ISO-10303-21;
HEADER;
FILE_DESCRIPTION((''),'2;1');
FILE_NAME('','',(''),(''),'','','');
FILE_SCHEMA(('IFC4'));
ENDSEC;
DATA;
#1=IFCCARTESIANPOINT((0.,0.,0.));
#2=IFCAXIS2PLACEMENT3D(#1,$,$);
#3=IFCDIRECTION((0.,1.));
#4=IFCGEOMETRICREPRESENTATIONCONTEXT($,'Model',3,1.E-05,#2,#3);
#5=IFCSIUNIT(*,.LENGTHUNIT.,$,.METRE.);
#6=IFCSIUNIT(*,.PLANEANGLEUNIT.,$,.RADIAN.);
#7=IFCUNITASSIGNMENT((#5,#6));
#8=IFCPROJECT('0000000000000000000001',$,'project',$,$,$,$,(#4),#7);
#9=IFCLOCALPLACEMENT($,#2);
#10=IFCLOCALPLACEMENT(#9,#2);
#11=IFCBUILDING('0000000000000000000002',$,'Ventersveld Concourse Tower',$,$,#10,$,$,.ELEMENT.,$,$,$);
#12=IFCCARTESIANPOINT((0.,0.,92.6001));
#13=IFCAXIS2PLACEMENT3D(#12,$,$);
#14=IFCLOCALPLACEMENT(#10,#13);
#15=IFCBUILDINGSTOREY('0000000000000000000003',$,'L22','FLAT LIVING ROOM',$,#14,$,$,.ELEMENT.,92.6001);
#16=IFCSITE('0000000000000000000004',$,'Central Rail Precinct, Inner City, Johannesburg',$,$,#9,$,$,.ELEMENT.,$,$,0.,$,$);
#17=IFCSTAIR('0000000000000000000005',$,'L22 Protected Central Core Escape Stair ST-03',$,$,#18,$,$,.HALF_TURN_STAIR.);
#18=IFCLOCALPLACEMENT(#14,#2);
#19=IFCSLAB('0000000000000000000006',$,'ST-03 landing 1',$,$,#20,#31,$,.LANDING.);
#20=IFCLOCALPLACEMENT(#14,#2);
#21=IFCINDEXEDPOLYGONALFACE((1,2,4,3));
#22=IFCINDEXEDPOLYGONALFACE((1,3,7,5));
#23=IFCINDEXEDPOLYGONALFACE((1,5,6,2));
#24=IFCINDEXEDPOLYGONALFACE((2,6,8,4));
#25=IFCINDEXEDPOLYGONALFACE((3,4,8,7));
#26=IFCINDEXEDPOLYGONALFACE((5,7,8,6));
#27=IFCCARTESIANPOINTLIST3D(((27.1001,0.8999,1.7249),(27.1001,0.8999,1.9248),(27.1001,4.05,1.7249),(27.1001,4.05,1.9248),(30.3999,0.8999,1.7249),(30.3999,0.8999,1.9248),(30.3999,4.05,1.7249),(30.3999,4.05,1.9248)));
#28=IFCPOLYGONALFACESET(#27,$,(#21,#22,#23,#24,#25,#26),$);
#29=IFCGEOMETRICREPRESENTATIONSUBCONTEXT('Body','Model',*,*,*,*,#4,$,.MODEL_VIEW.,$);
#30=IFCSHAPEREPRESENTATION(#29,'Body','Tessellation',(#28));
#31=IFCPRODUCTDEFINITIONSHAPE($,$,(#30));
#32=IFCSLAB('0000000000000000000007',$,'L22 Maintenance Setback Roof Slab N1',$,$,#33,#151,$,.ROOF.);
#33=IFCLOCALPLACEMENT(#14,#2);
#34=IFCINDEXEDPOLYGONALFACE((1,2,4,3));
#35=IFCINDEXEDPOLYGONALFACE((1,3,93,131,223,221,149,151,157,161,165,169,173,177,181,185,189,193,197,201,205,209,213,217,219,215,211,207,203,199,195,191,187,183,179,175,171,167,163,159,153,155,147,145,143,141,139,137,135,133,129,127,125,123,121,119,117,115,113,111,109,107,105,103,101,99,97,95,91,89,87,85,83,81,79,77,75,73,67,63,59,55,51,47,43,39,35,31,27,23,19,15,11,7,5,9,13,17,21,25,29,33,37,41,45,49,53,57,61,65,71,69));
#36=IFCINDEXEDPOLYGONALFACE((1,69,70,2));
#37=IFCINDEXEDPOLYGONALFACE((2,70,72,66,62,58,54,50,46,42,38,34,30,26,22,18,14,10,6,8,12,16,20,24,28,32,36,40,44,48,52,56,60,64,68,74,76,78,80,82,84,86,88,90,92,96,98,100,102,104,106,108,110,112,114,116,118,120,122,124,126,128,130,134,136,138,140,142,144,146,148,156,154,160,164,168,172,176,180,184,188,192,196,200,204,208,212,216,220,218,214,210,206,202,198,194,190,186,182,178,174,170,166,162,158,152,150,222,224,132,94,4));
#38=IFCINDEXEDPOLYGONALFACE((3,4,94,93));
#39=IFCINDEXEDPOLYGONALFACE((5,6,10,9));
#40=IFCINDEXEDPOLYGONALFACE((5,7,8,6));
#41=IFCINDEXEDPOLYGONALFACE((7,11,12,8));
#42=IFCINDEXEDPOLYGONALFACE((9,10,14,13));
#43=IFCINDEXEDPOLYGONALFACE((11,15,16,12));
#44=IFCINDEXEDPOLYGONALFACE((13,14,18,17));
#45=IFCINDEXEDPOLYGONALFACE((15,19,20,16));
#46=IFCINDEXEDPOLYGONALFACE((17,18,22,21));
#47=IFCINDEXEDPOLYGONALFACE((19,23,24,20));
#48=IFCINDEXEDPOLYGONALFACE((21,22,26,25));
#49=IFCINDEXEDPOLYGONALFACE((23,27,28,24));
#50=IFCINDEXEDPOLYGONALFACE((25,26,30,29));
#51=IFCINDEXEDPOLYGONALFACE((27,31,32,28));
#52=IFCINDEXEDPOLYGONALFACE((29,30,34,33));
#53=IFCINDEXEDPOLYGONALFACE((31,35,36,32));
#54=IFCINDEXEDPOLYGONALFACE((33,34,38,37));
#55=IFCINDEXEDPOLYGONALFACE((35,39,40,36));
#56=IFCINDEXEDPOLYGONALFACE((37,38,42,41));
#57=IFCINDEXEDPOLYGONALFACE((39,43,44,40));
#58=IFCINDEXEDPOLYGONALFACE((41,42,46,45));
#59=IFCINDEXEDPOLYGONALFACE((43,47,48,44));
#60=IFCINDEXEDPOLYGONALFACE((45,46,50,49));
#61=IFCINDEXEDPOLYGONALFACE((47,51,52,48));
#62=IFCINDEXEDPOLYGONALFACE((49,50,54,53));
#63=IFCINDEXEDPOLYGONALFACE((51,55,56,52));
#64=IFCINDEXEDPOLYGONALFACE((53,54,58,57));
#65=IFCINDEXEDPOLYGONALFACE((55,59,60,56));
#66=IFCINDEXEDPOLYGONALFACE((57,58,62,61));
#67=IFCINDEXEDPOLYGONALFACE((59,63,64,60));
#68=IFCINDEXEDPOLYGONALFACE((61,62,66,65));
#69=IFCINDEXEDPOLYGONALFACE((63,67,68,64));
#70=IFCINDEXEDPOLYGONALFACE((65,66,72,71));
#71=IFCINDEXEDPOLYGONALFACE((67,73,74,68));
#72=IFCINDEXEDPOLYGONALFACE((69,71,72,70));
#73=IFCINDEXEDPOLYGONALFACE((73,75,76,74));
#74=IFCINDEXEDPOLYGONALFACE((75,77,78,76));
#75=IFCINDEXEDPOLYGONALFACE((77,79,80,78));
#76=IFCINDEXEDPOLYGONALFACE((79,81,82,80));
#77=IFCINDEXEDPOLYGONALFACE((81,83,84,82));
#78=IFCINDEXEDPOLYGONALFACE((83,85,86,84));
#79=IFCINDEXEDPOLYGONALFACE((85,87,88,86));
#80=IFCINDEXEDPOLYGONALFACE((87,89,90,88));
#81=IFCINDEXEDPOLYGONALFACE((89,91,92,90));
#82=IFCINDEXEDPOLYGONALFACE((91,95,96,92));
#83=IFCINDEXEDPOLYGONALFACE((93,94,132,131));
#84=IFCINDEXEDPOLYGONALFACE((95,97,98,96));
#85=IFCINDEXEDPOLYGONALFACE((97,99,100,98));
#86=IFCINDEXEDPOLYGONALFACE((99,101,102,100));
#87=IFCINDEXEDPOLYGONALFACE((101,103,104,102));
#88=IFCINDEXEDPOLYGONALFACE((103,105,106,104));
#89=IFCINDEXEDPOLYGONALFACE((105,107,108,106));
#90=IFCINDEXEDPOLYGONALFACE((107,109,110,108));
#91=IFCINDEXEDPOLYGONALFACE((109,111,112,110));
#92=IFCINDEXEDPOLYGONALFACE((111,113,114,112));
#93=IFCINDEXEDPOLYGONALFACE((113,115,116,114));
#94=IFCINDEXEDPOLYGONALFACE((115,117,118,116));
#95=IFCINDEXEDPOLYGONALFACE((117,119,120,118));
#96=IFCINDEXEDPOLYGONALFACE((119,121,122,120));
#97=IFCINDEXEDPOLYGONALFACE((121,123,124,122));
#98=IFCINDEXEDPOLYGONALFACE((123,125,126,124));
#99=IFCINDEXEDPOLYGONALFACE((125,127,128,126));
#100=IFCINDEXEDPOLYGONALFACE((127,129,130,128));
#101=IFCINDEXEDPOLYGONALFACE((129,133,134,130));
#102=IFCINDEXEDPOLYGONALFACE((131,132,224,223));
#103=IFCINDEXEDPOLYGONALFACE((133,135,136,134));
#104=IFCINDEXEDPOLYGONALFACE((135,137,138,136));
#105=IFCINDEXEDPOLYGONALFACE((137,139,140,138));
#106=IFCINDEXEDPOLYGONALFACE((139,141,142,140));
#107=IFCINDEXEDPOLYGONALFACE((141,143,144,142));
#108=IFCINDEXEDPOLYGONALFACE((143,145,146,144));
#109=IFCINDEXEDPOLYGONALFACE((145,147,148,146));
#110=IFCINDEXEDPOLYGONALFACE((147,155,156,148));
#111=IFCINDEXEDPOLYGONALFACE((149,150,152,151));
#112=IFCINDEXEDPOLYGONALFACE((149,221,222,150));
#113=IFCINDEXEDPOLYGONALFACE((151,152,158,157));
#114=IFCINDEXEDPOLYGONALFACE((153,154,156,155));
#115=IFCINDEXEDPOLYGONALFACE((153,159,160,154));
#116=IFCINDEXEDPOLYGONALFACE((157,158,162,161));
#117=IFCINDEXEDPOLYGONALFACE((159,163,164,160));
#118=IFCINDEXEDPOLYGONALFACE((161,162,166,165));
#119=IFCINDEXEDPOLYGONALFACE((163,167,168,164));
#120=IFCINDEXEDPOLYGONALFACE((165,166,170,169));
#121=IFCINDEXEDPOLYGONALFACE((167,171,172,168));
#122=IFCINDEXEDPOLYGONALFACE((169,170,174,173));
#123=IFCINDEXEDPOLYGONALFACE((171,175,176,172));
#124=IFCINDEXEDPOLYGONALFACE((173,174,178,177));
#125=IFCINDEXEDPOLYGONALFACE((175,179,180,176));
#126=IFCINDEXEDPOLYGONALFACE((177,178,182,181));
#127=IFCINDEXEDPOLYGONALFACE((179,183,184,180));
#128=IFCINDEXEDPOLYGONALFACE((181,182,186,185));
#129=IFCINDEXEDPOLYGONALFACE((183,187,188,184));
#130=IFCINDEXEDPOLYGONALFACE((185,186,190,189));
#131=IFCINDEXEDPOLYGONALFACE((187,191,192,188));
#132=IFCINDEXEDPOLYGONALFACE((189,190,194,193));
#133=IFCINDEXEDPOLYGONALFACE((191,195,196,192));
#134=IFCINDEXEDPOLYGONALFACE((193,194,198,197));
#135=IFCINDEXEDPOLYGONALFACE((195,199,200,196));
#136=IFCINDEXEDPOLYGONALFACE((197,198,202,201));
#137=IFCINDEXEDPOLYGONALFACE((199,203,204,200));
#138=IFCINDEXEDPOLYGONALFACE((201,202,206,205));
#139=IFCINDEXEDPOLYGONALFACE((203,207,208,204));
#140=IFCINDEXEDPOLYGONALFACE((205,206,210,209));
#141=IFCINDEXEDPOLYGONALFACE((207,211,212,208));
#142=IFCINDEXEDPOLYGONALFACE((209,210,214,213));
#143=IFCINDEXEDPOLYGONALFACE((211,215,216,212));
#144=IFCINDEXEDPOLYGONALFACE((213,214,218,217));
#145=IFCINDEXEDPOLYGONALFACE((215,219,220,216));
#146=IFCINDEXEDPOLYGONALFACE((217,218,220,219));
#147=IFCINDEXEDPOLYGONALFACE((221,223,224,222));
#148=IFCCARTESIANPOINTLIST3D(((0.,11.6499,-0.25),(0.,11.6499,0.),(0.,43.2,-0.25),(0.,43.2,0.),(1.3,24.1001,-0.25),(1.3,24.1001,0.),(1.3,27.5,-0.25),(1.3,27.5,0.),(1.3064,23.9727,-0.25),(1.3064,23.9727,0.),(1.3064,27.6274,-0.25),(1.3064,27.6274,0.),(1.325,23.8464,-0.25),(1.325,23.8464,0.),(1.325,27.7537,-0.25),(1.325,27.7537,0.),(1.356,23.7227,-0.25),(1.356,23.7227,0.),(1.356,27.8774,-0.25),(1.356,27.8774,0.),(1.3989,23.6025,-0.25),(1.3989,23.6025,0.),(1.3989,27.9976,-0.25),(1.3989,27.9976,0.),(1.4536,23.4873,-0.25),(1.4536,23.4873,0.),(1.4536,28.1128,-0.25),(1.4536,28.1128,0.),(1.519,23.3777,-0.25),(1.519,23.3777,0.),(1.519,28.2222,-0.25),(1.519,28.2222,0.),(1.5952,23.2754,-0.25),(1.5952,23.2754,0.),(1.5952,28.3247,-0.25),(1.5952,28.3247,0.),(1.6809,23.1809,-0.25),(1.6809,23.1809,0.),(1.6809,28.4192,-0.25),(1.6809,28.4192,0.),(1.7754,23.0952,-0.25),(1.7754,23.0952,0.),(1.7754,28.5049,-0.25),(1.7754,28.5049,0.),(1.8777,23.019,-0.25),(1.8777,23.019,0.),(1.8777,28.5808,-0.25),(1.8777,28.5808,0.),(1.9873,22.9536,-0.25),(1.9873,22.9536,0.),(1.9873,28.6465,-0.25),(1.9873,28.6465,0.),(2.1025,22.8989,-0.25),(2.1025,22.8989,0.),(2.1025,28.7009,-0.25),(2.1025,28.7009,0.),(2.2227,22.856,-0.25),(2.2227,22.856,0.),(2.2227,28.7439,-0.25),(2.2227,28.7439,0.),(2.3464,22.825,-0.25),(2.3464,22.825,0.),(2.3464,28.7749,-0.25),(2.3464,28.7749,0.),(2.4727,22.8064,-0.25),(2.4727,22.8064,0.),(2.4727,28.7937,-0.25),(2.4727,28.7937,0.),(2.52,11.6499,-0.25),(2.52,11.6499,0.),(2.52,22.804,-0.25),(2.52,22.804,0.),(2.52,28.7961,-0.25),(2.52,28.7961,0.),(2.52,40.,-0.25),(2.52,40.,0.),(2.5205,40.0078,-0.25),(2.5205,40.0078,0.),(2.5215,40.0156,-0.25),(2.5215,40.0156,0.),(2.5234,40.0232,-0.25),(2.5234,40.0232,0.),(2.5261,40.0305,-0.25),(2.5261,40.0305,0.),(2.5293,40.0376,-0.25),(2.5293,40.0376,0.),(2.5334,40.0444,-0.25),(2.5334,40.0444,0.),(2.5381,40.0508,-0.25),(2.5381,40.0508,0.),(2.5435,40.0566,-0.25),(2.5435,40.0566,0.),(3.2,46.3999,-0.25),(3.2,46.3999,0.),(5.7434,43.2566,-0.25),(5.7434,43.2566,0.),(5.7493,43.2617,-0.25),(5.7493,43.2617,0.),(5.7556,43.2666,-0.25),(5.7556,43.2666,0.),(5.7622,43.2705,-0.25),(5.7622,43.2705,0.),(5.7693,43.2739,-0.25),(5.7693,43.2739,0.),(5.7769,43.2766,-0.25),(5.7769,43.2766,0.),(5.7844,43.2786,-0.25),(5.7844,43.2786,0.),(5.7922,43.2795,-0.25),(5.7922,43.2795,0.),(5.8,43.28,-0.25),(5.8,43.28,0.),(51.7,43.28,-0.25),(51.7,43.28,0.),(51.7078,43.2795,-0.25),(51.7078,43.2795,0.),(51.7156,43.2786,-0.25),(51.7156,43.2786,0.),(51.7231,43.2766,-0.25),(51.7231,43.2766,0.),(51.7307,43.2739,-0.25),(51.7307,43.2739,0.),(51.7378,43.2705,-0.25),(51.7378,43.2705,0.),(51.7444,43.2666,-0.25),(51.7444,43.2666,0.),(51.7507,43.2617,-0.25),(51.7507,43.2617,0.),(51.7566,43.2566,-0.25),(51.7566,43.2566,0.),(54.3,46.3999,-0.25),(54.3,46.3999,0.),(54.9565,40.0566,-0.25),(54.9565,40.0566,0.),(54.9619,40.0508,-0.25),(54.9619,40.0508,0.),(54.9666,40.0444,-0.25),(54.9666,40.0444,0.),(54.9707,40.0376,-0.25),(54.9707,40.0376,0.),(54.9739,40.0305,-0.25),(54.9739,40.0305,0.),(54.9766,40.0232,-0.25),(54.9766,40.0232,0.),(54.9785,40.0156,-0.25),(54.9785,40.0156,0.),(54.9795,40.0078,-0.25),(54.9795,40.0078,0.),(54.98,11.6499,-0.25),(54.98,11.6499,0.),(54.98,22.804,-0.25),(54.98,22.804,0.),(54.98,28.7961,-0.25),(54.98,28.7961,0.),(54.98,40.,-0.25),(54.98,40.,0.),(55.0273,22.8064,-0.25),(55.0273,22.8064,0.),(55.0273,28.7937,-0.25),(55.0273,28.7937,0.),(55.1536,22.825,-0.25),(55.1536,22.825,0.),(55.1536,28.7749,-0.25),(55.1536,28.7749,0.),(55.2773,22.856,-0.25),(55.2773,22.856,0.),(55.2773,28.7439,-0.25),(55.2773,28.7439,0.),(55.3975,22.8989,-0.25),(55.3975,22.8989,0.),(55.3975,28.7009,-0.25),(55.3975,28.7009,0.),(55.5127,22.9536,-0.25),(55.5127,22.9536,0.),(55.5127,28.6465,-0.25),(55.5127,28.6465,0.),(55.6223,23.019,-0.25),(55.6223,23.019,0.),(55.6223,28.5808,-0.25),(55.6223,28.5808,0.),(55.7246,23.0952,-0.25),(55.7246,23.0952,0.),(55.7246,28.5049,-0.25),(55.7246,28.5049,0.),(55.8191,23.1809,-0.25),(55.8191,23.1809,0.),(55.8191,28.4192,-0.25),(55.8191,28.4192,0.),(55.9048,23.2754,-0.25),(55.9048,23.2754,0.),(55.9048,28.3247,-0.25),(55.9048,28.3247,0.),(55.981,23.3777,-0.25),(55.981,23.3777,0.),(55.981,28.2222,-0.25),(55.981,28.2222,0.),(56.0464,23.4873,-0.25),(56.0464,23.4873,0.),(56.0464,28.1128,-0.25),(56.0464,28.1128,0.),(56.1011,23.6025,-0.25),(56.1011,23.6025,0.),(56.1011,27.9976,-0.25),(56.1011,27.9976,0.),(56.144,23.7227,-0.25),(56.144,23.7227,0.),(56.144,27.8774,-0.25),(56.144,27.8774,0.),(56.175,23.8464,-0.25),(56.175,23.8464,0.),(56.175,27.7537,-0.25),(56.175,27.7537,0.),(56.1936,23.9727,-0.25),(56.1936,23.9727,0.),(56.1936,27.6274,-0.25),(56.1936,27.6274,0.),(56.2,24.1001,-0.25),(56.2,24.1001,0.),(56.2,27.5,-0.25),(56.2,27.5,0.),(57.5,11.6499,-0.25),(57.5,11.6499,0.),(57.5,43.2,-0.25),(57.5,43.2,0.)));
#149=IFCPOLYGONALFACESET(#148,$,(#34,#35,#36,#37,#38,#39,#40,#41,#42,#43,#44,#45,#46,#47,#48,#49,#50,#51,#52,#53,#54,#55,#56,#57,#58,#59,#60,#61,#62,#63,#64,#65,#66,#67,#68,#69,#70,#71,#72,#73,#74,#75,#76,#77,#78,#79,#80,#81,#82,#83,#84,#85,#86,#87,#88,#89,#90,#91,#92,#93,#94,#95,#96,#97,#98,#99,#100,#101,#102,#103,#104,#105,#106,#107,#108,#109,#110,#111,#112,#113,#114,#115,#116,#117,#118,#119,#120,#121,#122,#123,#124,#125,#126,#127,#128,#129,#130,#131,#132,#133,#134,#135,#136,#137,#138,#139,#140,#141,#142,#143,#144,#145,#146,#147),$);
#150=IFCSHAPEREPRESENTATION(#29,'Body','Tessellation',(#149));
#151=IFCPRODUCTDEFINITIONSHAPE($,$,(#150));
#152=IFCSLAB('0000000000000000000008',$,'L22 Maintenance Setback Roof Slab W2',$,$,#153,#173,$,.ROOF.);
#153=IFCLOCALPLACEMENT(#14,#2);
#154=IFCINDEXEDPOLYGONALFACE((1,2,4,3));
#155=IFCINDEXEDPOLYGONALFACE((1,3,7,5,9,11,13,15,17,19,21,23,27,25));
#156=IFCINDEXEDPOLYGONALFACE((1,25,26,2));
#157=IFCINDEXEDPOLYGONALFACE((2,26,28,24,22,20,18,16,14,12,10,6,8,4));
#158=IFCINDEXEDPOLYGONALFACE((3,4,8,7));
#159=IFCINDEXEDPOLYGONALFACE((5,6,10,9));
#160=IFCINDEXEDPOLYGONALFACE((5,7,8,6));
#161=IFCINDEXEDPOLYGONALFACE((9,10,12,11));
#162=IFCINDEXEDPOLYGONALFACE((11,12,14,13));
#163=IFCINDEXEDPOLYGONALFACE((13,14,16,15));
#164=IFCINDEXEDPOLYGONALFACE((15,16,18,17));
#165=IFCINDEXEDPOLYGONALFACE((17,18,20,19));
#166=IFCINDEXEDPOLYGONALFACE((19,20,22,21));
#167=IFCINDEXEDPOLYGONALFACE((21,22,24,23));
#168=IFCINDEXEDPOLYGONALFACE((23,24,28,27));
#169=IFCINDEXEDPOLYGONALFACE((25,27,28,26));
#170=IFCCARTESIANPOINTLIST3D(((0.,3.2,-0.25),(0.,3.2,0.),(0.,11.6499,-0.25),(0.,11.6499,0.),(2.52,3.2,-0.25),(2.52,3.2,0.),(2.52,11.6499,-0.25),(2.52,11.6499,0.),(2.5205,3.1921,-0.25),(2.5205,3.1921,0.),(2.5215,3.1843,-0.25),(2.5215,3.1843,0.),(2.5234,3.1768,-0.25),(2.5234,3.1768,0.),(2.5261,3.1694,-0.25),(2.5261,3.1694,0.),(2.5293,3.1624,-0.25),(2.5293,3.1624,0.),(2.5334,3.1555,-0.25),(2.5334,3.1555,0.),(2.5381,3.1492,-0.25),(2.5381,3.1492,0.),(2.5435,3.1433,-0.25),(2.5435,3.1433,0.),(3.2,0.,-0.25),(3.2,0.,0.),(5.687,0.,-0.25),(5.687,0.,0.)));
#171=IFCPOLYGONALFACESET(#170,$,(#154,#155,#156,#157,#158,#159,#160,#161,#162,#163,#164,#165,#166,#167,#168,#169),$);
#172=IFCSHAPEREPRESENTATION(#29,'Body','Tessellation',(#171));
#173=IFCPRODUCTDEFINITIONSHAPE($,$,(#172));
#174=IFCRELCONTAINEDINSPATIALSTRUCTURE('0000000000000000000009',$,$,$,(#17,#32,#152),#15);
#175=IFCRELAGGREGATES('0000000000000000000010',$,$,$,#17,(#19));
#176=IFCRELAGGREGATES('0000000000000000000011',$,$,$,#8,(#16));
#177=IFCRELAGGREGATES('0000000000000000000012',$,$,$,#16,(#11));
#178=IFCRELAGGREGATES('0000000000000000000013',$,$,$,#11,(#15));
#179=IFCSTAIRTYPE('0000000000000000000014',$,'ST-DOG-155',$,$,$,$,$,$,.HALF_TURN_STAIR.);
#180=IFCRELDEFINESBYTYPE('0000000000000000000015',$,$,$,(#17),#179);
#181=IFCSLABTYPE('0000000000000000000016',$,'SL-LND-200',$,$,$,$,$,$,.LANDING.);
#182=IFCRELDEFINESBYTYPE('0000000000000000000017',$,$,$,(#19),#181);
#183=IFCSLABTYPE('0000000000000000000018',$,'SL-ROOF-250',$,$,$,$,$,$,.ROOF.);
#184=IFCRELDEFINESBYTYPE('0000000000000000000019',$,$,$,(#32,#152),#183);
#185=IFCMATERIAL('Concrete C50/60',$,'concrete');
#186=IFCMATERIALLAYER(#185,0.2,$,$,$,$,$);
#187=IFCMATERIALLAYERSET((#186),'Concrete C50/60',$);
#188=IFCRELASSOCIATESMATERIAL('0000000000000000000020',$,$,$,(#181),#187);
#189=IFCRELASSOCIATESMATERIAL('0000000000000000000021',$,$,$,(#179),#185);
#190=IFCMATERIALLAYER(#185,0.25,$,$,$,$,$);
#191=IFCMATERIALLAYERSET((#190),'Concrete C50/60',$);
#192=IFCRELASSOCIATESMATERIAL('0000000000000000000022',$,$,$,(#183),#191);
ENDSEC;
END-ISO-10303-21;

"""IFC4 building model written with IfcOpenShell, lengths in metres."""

from ifc_helpers import new_model, si_unit, direction, frame, origin, place, context, subcontext, project, spatial, polyline, outline, extrude, material, layer, layer_set, type_object, element, aggregate, save


model = new_model("IFC4")

# Units and contexts
model_context = context("Model", 3, precision=1e-05, world=origin(), true_north=direction((0.0, 1.0)))
body_context = subcontext(model_context, "Body", "Model", "MODEL_VIEW")
ifc_project = project(units=[si_unit("LENGTHUNIT", "METRE"), si_unit("PLANEANGLEUNIT", "RADIAN")], contexts=[model_context])

# Site, building, storey
site_placement = place(None, origin())
site = spatial("IfcSite", under=ifc_project, at=site_placement, Name="Central Rail Precinct, Inner City, Johannesburg", CompositionType="ELEMENT", RefElevation=0.0)
building_placement = place(site_placement, origin())
building = spatial("IfcBuilding", under=site, at=building_placement, Name="Ventersveld Concourse Tower", CompositionType="ELEMENT")
storey_placement = place(building_placement, frame((0.0, 0.0, 92.6001)))
storey = spatial("IfcBuildingStorey", under=building, at=storey_placement, Name="L22", Description="FLAT LIVING ROOM", CompositionType="ELEMENT", Elevation=92.6001)

# Shared definitions
ifc_material_1 = material(Name="Concrete C50/60", Category="concrete")

# Stair, slab
ifc_layer_1 = layer(ifc_material_1, 0.2)
ifc_layer_set_1 = layer_set([ifc_layer_1], Name="Concrete C50/60")
slab_type_1 = type_object("IfcSlabType", Name="SL-LND-200", PredefinedType="LANDING", material=ifc_layer_set_1)
stair_type_1 = type_object("IfcStairType", Name="ST-DOG-155", PredefinedType="HALF_TURN_STAIR", material=ifc_material_1)
stair_1_placement = place(storey_placement, origin())
stair_1 = element("IfcStair", 1, at=stair_1_placement, inside=storey, type_object=stair_type_1, Name="L22 Protected Central Core Escape Stair ST-03", PredefinedType="HALF_TURN_STAIR")
slab_1_placement = place(storey_placement, frame((0.0, 0.0, 1.7249)))
slab_1 = element("IfcSlab", 2, at=slab_1_placement, type_object=slab_type_1, Name="ST-03 landing 1", PredefinedType="LANDING", context=body_context, shape_type="SweptSolid", body=[
    extrude(outline(polyline([(27.1001, 4.05), (27.1001, 0.8999), (30.3999, 0.8999), (30.3999, 4.05), (27.1001, 4.05)])), origin(), (0.0, 0.0, 1.0), 0.2),
])
aggregate(stair_1, [slab_1])

# Slabs
ifc_layer_2 = layer(ifc_material_1, 0.25)
ifc_layer_set_2 = layer_set([ifc_layer_2], Name="Concrete C50/60")
slab_type_2 = type_object("IfcSlabType", Name="SL-ROOF-250", PredefinedType="ROOF", material=ifc_layer_set_2)
slab_2_placement = place(storey_placement, frame((0.0, 0.0, -0.25)))
element("IfcSlab", 3, at=slab_2_placement, inside=storey, type_object=slab_type_2, Name="L22 Maintenance Setback Roof Slab N1", PredefinedType="ROOF", context=body_context, shape_type="SweptSolid", body=[
    extrude(outline(polyline([(0.0, 43.2), (3.2, 46.3999), (54.3, 46.3999), (57.5, 43.2), (57.5, 11.6499), (54.98, 11.6499), (54.98, 22.804), (55.0273, 22.8064), (55.1536, 22.825), (55.2773, 22.856), (55.3975, 22.8989), (55.5127, 22.9536), (55.6223, 23.019), (55.7246, 23.0952), (55.8191, 23.1809), (55.9048, 23.2754), (55.981, 23.3777), (56.0464, 23.4873), (56.1011, 23.6025), (56.144, 23.7227), (56.175, 23.8464), (56.1936, 23.9727), (56.2, 24.1001), (56.2, 27.5), (56.1936, 27.6274), (56.175, 27.7537), (56.144, 27.8774), (56.1011, 27.9976), (56.0464, 28.1128), (55.981, 28.2222), (55.9048, 28.3247), (55.8191, 28.4192), (55.7246, 28.5049), (55.6223, 28.5808), (55.5127, 28.6465), (55.3975, 28.7009), (55.2773, 28.7439), (55.1536, 28.7749), (55.0273, 28.7937), (54.98, 28.7961), (54.98, 40.0), (54.9795, 40.0078), (54.9785, 40.0156), (54.9766, 40.0232), (54.9739, 40.0305), (54.9707, 40.0376), (54.9666, 40.0444), (54.9619, 40.0508), (54.9565, 40.0566), (51.7566, 43.2566), (51.7507, 43.2617), (51.7444, 43.2666), (51.7378, 43.2705), (51.7307, 43.2739), (51.7231, 43.2766), (51.7156, 43.2786), (51.7078, 43.2795), (51.7, 43.28), (5.8, 43.28), (5.7922, 43.2795), (5.7844, 43.2786), (5.7769, 43.2766), (5.7693, 43.2739), (5.7622, 43.2705), (5.7556, 43.2666), (5.7493, 43.2617), (5.7434, 43.2566), (2.5435, 40.0566), (2.5381, 40.0508), (2.5334, 40.0444), (2.5293, 40.0376), (2.5261, 40.0305), (2.5234, 40.0232), (2.5215, 40.0156), (2.5205, 40.0078), (2.52, 40.0), (2.52, 28.7961), (2.4727, 28.7937), (2.3464, 28.7749), (2.2227, 28.7439), (2.1025, 28.7009), (1.9873, 28.6465), (1.8777, 28.5808), (1.7754, 28.5049), (1.6809, 28.4192), (1.5952, 28.3247), (1.519, 28.2222), (1.4536, 28.1128), (1.3989, 27.9976), (1.356, 27.8774), (1.325, 27.7537), (1.3064, 27.6274), (1.3, 27.5), (1.3, 24.1001), (1.3064, 23.9727), (1.325, 23.8464), (1.356, 23.7227), (1.3989, 23.6025), (1.4536, 23.4873), (1.519, 23.3777), (1.5952, 23.2754), (1.6809, 23.1809), (1.7754, 23.0952), (1.8777, 23.019), (1.9873, 22.9536), (2.1025, 22.8989), (2.2227, 22.856), (2.3464, 22.825), (2.4727, 22.8064), (2.52, 22.804), (2.52, 11.6499), (0.0, 11.6499), (0.0, 43.2)])), origin(), (0.0, 0.0, 1.0), 0.25),
])
slab_3_placement = place(storey_placement, frame((0.0, 0.0, -0.25)))
element("IfcSlab", 4, at=slab_3_placement, inside=storey, type_object=slab_type_2, Name="L22 Maintenance Setback Roof Slab W2", PredefinedType="ROOF", context=body_context, shape_type="SweptSolid", body=[
    extrude(outline(polyline([(0.0, 3.2), (0.0, 11.6499), (2.52, 11.6499), (2.52, 3.2), (2.5205, 3.1921), (2.5215, 3.1843), (2.5234, 3.1768), (2.5261, 3.1694), (2.5293, 3.1624), (2.5334, 3.1555), (2.5381, 3.1492), (2.5435, 3.1433), (5.687, 0.0), (3.2, 0.0), (0.0, 3.2)])), origin(), (0.0, 0.0, 1.0), 0.25),
])

save(model, "model.ifc")
